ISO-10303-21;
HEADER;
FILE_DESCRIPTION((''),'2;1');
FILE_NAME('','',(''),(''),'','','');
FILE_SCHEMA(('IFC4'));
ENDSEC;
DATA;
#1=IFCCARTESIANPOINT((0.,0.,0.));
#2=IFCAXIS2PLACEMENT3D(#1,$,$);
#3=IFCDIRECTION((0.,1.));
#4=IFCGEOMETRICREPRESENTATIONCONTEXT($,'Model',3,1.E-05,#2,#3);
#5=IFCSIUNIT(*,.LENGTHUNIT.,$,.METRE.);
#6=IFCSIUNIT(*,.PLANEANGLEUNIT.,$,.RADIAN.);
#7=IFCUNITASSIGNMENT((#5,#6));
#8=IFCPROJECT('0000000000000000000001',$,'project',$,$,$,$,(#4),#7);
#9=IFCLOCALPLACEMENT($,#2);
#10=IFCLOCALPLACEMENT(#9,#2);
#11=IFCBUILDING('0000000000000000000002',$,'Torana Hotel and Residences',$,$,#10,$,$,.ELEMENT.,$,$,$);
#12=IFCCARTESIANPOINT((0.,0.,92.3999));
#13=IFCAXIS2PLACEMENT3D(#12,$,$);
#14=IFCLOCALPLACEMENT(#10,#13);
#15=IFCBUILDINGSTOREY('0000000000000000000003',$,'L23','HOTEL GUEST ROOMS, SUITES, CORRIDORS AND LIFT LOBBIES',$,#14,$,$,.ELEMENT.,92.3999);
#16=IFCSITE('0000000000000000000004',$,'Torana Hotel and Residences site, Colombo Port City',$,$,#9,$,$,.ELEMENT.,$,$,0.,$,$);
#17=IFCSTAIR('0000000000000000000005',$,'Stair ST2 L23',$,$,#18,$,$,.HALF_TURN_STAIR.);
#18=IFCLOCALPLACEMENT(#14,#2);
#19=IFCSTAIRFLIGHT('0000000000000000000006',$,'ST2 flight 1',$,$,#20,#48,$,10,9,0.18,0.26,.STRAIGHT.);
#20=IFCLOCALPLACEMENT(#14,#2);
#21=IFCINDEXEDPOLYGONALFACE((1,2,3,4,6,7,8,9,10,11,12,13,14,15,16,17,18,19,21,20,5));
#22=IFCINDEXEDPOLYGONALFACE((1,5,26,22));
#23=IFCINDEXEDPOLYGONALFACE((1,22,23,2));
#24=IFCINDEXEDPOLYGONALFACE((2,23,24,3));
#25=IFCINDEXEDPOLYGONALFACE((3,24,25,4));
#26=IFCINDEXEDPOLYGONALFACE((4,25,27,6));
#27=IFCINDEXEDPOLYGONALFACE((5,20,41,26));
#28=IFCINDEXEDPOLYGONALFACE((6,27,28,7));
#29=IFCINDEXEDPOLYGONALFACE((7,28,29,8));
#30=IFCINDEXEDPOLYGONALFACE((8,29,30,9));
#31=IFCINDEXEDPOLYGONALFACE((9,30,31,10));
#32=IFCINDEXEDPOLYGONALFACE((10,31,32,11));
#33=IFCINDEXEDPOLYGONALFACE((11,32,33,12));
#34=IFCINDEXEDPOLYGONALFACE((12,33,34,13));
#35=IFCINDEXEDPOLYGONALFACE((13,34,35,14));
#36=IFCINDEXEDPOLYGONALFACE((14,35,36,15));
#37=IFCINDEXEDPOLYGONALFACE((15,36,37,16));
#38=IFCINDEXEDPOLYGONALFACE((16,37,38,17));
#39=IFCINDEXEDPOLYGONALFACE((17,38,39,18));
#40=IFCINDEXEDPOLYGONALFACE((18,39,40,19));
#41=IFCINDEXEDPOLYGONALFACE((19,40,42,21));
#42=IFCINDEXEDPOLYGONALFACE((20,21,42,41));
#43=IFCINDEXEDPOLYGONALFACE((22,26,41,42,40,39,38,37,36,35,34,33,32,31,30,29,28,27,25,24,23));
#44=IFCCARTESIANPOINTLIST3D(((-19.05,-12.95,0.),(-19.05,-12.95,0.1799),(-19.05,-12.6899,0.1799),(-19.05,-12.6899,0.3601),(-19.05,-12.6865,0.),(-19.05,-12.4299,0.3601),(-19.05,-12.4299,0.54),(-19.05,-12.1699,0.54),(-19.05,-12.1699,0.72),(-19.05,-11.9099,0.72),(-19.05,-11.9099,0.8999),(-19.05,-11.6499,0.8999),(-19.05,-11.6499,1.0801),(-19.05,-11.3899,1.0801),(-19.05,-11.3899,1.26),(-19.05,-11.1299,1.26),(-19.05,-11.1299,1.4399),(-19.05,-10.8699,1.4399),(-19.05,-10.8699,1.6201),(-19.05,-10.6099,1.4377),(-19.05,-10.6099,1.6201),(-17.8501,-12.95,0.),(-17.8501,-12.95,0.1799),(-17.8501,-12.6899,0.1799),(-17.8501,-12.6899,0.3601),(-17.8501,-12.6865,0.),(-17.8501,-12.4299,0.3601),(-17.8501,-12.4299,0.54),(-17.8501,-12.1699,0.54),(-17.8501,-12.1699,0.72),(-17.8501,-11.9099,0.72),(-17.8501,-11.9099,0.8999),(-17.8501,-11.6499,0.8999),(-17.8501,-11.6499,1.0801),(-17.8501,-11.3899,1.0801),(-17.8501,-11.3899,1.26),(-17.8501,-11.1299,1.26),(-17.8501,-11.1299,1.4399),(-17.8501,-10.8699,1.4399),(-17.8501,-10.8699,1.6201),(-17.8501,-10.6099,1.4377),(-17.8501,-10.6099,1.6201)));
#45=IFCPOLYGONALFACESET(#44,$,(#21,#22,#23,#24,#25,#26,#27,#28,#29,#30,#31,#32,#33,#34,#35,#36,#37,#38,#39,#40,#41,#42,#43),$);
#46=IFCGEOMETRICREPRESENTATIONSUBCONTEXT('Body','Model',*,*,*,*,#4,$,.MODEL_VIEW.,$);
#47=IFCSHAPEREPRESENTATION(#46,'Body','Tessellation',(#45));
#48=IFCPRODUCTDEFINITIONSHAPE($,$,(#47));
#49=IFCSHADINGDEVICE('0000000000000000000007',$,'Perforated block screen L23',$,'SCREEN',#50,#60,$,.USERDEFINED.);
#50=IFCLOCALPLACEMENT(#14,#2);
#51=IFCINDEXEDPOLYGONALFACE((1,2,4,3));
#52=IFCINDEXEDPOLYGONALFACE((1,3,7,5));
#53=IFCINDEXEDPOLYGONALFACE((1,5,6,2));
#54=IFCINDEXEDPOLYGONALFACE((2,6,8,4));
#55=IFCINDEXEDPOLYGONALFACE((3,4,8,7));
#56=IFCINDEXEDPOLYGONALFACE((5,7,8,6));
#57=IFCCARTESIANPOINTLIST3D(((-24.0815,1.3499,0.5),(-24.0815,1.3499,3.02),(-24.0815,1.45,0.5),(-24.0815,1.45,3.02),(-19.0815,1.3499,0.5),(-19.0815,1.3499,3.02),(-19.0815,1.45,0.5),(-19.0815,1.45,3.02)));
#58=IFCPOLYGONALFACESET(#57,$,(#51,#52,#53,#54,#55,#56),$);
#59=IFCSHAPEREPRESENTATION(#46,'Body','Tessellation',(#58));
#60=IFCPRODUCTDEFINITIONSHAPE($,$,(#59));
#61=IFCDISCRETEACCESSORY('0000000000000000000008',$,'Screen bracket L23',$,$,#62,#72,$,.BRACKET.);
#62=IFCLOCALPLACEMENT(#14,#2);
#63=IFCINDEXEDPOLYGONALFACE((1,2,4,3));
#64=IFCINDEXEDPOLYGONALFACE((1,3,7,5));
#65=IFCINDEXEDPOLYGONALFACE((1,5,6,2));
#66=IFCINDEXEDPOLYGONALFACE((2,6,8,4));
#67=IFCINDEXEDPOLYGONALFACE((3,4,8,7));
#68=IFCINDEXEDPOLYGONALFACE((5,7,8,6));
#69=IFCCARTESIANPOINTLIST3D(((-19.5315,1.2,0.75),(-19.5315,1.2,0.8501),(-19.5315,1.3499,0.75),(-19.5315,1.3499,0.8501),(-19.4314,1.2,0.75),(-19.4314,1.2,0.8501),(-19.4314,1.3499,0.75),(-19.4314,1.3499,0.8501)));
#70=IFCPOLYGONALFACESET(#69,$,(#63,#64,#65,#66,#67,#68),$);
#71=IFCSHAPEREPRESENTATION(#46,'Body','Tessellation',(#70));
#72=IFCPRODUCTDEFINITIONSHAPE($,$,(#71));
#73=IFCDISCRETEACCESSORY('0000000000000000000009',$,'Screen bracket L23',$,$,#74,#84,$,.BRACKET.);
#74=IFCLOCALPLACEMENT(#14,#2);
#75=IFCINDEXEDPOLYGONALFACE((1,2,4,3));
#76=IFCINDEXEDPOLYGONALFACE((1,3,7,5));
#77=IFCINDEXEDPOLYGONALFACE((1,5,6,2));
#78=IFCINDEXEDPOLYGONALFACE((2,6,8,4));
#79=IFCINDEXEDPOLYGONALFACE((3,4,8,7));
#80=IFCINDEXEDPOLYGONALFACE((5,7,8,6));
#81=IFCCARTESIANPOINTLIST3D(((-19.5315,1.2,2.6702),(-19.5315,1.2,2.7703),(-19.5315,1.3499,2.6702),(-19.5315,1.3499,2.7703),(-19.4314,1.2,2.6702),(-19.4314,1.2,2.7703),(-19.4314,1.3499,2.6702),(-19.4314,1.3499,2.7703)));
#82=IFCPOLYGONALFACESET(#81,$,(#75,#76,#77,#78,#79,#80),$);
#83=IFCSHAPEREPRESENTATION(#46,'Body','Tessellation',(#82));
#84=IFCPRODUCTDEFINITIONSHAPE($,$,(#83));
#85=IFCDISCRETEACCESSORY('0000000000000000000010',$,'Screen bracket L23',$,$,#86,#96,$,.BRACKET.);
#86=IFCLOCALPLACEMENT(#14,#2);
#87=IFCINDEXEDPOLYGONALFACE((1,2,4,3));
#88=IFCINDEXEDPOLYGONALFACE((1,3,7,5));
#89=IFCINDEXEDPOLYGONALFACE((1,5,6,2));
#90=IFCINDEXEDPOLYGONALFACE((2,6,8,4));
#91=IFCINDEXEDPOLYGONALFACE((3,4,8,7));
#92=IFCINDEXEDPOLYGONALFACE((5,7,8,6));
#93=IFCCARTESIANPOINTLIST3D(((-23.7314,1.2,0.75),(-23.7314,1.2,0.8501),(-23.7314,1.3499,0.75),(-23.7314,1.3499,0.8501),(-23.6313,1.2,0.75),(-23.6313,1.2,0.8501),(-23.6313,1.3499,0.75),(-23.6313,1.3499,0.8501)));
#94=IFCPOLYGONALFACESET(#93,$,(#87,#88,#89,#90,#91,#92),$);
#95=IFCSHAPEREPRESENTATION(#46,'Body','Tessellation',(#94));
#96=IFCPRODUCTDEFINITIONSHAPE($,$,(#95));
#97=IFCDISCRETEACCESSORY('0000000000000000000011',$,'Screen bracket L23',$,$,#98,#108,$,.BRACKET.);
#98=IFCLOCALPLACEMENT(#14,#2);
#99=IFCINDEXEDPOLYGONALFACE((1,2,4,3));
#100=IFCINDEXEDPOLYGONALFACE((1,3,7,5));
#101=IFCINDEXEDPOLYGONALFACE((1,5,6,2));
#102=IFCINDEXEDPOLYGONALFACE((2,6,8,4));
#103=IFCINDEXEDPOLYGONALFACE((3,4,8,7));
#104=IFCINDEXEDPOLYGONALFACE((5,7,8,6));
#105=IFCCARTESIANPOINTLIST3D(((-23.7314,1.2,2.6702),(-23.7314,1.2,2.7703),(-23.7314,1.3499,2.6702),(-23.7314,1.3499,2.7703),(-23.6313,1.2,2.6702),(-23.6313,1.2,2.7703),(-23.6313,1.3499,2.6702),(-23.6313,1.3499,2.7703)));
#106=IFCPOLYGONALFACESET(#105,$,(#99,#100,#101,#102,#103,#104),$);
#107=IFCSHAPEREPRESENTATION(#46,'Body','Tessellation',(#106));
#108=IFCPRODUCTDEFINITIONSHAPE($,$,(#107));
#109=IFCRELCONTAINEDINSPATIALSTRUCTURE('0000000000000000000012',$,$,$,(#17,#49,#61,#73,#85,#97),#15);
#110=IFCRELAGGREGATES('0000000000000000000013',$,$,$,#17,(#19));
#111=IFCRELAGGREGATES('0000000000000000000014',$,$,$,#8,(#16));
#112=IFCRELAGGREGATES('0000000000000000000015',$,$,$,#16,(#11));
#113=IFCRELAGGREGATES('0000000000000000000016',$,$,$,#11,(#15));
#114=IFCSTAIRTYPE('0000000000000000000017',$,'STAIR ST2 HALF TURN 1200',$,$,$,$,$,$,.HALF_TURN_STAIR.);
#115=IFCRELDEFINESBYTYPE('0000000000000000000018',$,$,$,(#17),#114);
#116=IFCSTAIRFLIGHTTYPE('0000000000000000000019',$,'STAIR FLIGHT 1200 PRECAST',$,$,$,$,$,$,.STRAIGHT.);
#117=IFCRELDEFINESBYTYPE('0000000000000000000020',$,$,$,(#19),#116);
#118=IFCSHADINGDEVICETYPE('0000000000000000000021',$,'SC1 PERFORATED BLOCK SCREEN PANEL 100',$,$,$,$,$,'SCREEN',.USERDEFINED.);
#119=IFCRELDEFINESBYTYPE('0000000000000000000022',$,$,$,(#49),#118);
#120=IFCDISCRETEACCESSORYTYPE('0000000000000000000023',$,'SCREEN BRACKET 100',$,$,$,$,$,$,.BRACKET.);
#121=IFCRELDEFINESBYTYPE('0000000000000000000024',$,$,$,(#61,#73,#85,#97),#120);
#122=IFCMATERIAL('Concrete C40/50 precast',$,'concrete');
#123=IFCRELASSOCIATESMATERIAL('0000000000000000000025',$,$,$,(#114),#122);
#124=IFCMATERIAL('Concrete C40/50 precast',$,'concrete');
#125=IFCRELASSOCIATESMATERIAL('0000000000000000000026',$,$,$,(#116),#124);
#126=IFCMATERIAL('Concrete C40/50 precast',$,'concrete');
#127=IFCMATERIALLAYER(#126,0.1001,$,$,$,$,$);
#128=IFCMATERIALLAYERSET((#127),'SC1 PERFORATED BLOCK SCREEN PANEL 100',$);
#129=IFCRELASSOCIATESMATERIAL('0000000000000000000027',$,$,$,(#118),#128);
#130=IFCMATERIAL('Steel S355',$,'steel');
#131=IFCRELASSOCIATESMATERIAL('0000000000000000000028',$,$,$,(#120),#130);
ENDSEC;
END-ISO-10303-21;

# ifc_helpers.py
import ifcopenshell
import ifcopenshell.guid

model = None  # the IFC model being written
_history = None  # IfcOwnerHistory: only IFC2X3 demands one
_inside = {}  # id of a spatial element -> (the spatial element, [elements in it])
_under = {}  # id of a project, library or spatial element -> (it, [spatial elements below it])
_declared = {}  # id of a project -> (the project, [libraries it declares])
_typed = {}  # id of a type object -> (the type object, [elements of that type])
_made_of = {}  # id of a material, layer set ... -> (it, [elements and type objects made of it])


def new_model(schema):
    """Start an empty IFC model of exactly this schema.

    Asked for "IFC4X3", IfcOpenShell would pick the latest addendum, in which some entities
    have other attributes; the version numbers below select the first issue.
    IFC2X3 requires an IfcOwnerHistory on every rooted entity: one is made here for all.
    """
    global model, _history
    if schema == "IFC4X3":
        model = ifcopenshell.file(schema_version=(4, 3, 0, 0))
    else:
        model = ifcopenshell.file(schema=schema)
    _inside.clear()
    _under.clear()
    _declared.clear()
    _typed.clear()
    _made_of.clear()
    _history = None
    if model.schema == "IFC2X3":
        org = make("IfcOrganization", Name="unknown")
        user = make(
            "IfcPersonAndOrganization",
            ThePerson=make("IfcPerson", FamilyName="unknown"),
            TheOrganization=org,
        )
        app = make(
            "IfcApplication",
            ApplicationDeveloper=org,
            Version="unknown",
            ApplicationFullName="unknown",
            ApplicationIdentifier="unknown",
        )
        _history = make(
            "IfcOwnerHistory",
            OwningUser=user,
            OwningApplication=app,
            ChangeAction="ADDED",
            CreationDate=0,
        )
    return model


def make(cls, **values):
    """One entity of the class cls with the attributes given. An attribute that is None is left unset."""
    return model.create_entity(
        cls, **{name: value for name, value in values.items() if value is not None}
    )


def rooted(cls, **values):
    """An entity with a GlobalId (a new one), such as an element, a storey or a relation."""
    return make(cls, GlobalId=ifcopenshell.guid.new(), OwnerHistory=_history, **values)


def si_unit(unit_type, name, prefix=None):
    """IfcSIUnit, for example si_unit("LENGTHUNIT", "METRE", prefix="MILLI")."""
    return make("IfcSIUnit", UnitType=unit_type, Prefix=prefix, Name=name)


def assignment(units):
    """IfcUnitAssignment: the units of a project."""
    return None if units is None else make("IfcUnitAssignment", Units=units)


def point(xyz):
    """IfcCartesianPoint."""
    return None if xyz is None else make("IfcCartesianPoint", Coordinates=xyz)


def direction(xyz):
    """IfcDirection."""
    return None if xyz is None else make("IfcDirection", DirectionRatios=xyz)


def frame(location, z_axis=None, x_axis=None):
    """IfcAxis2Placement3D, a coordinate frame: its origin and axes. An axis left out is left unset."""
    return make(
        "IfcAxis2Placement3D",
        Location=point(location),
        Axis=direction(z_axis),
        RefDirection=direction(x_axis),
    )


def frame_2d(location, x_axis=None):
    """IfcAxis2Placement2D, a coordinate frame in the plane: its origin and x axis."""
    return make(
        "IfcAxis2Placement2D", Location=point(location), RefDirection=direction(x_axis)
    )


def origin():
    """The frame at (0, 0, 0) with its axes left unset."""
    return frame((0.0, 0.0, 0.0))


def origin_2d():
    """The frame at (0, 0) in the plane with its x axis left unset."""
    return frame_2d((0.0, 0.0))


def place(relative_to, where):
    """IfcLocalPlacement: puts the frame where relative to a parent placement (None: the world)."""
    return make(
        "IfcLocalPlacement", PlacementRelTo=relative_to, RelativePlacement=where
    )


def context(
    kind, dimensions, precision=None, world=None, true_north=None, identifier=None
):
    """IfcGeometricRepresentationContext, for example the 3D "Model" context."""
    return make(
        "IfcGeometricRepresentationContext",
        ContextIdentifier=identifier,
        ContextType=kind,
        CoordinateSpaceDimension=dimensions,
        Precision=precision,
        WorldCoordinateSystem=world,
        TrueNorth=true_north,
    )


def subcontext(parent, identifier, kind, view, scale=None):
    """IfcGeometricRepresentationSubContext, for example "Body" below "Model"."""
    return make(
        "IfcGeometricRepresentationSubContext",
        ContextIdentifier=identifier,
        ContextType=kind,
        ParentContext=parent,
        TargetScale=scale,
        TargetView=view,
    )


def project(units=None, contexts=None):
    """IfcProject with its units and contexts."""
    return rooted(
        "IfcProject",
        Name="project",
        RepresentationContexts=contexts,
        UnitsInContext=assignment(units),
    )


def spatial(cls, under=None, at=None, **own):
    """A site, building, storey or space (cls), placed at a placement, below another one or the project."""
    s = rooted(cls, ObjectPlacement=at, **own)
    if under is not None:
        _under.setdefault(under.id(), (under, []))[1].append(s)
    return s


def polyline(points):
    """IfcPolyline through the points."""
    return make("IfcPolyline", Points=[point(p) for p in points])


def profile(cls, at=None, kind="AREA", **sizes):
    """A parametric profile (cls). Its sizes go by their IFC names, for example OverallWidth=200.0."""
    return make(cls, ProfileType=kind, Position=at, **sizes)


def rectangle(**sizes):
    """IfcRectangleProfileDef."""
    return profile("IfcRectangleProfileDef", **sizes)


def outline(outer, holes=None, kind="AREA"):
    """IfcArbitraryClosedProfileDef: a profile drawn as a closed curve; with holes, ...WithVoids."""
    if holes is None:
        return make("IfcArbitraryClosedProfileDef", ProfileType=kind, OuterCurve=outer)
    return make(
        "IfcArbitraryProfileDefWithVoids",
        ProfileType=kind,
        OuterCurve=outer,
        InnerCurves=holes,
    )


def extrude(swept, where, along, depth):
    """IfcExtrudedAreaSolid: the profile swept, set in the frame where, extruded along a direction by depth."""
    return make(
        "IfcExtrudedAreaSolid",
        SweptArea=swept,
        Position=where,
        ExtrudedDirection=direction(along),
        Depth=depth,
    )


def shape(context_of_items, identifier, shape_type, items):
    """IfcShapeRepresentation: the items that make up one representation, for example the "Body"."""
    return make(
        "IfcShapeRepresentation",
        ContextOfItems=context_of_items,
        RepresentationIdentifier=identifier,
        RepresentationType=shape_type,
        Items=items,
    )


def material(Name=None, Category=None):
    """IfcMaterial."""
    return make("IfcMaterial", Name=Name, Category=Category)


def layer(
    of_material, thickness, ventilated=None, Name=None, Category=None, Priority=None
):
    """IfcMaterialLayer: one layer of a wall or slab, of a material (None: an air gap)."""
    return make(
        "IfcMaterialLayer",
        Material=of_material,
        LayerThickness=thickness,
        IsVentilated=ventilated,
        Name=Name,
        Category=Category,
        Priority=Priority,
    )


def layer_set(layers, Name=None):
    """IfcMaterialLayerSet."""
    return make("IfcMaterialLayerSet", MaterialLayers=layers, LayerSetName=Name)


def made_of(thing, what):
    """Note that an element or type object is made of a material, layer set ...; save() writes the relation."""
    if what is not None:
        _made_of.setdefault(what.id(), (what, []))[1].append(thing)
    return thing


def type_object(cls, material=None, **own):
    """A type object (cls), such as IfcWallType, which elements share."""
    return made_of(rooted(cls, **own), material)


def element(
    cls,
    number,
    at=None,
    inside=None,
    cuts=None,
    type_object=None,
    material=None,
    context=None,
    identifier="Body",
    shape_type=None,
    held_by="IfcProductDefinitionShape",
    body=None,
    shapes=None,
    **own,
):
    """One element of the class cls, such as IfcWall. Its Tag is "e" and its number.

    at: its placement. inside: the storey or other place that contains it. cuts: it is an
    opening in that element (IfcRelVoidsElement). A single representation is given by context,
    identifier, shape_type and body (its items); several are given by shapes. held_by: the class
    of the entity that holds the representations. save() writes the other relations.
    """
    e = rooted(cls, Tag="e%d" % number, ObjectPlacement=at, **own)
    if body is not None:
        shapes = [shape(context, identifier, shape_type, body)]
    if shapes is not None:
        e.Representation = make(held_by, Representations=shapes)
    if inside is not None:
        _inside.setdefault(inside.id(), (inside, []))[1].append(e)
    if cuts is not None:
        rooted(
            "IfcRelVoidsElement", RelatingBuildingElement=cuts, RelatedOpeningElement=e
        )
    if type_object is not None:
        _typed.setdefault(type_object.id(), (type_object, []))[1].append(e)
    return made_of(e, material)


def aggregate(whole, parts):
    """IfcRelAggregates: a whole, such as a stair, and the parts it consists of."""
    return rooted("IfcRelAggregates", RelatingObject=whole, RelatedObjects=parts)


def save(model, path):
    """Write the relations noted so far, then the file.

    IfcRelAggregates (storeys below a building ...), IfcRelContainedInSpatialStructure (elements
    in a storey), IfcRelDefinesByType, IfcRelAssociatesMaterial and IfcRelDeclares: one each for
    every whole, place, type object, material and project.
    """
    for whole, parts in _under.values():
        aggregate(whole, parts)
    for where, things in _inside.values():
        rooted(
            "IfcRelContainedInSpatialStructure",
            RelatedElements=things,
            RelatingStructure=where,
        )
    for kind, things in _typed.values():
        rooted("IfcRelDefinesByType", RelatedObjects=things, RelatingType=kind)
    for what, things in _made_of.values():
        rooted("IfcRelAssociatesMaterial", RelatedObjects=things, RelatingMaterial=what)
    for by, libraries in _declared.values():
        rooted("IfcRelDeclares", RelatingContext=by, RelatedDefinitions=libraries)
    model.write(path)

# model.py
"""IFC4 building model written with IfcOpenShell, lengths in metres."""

from ifc_helpers import new_model, si_unit, direction, frame, origin, origin_2d, place, context, subcontext, project, spatial, polyline, rectangle, outline, extrude, material, layer, layer_set, type_object, element, aggregate, save


model = new_model("IFC4")

# Units and contexts
model_context = context("Model", 3, precision=1e-05, world=origin(), true_north=direction((0.0, 1.0)))
body_context = subcontext(model_context, "Body", "Model", "MODEL_VIEW")
ifc_project = project(units=[si_unit("LENGTHUNIT", "METRE"), si_unit("PLANEANGLEUNIT", "RADIAN")], contexts=[model_context])

# Site, building, storey
site_placement = place(None, origin())
site = spatial("IfcSite", under=ifc_project, at=site_placement, Name="Torana Hotel and Residences site, Colombo Port City", CompositionType="ELEMENT", RefElevation=0.0)
building_placement = place(site_placement, origin())
building = spatial("IfcBuilding", under=site, at=building_placement, Name="Torana Hotel and Residences", CompositionType="ELEMENT")
storey_placement = place(building_placement, frame((0.0, 0.0, 92.3999)))
storey = spatial("IfcBuildingStorey", under=building, at=storey_placement, Name="L23", Description="HOTEL GUEST ROOMS, SUITES, CORRIDORS AND LIFT LOBBIES", CompositionType="ELEMENT", Elevation=92.3999)

# Stair, stair flight
ifc_material_1 = material(Name="Concrete C40/50 precast", Category="concrete")
stair_type = type_object("IfcStairType", Name="STAIR ST2 HALF TURN 1200", PredefinedType="HALF_TURN_STAIR", material=ifc_material_1)
stair_placement = place(storey_placement, origin())
stair = element("IfcStair", 1, at=stair_placement, inside=storey, type_object=stair_type, Name="Stair ST2 L23", PredefinedType="HALF_TURN_STAIR")
ifc_material_2 = material(Name="Concrete C40/50 precast", Category="concrete")
stair_flight_type = type_object("IfcStairFlightType", Name="STAIR FLIGHT 1200 PRECAST", PredefinedType="STRAIGHT", material=ifc_material_2)
stair_flight_placement = place(storey_placement, frame((-18.45, -12.95, 0.0), z_axis=(0.0, 0.0, 1.0), x_axis=(0.0, 1.0, 0.0)))
stair_flight = element("IfcStairFlight", 2, at=stair_flight_placement, type_object=stair_flight_type, Name="ST2 flight 1", NumberOfRisers=10, NumberOfTreads=9, PredefinedType="STRAIGHT", RiserHeight=0.18, TreadLength=0.26, context=body_context, shape_type="SweptSolid", body=[
    extrude(outline(polyline([(0.0, 0.0), (0.0, 0.1799), (0.26, 0.1799), (0.26, 0.3601), (0.52, 0.3601), (0.52, 0.54), (0.78, 0.54), (0.78, 0.72), (1.04, 0.72), (1.04, 0.8999), (1.3, 0.8999), (1.3, 1.0801), (1.5601, 1.0801), (1.5601, 1.26), (1.8201, 1.26), (1.8201, 1.4399), (2.0801, 1.4399), (2.0801, 1.6201), (2.3401, 1.6201), (2.3401, 1.8), (2.3401, 1.4377), (0.2634, 0.0), (0.0, 0.0)])), frame((0.0, 0.6001, 0.0), z_axis=(0.0, -1.0, 0.0), x_axis=(1.0, 0.0, 0.0)), (0.0, 0.0, 1.0), 1.2),
])
aggregate(stair, [stair_flight])

# Shading device
ifc_material_3 = material(Name="Concrete C40/50 precast", Category="concrete")
ifc_layer_1 = layer(ifc_material_3, 0.1001)
ifc_layer_set_1 = layer_set([ifc_layer_1], Name="SC1 PERFORATED BLOCK SCREEN PANEL 100")
shading_device_type = type_object("IfcShadingDeviceType", Name="SC1 PERFORATED BLOCK SCREEN PANEL 100", ElementType="SCREEN", PredefinedType="USERDEFINED", material=ifc_layer_set_1)
shading_device_placement = place(storey_placement, frame((-21.5815, 1.3999, 0.5), z_axis=(0.0, 0.0, 1.0), x_axis=(-1.0, 0.0, 0.0)))
element("IfcShadingDevice", 3, at=shading_device_placement, inside=storey, type_object=shading_device_type, Name="Perforated block screen L23", ObjectType="SCREEN", PredefinedType="USERDEFINED", context=body_context, shape_type="SweptSolid", body=[
    extrude(rectangle(XDim=5.0, YDim=0.1001, at=origin_2d()), origin(), (0.0, 0.0, 1.0), 2.52),
])

# Discrete accessories
ifc_material_4 = material(Name="Steel S355", Category="steel")
discrete_accessory_type = type_object("IfcDiscreteAccessoryType", Name="SCREEN BRACKET 100", PredefinedType="BRACKET", material=ifc_material_4)
for number, where, z_axis, x_axis, name in (
    (4, (-19.4814, 1.2749, 0.75), (0.0, 0.0, 1.0), (-1.0, 0.0, 0.0), "Screen bracket L23"),
    (5, (-19.4814, 1.2749, 2.6702), (0.0, 0.0, 1.0), (-1.0, 0.0, 0.0), "Screen bracket L23"),
    (6, (-23.6814, 1.2749, 0.75), (0.0, 0.0, 1.0), (-1.0, 0.0, 0.0), "Screen bracket L23"),
    (7, (-23.6814, 1.2749, 2.6702), (0.0, 0.0, 1.0), (-1.0, 0.0, 0.0), "Screen bracket L23"),
):
    element("IfcDiscreteAccessory", number, at=place(storey_placement, frame(where, z_axis=z_axis, x_axis=x_axis)), inside=storey, type_object=discrete_accessory_type, Name=name, PredefinedType="BRACKET", context=body_context, shape_type="SweptSolid", body=[
        extrude(rectangle(XDim=0.1001, YDim=0.1499, at=origin_2d()), origin(), (0.0, 0.0, 1.0), 0.1001),
    ])

save(model, "model.ifc")
